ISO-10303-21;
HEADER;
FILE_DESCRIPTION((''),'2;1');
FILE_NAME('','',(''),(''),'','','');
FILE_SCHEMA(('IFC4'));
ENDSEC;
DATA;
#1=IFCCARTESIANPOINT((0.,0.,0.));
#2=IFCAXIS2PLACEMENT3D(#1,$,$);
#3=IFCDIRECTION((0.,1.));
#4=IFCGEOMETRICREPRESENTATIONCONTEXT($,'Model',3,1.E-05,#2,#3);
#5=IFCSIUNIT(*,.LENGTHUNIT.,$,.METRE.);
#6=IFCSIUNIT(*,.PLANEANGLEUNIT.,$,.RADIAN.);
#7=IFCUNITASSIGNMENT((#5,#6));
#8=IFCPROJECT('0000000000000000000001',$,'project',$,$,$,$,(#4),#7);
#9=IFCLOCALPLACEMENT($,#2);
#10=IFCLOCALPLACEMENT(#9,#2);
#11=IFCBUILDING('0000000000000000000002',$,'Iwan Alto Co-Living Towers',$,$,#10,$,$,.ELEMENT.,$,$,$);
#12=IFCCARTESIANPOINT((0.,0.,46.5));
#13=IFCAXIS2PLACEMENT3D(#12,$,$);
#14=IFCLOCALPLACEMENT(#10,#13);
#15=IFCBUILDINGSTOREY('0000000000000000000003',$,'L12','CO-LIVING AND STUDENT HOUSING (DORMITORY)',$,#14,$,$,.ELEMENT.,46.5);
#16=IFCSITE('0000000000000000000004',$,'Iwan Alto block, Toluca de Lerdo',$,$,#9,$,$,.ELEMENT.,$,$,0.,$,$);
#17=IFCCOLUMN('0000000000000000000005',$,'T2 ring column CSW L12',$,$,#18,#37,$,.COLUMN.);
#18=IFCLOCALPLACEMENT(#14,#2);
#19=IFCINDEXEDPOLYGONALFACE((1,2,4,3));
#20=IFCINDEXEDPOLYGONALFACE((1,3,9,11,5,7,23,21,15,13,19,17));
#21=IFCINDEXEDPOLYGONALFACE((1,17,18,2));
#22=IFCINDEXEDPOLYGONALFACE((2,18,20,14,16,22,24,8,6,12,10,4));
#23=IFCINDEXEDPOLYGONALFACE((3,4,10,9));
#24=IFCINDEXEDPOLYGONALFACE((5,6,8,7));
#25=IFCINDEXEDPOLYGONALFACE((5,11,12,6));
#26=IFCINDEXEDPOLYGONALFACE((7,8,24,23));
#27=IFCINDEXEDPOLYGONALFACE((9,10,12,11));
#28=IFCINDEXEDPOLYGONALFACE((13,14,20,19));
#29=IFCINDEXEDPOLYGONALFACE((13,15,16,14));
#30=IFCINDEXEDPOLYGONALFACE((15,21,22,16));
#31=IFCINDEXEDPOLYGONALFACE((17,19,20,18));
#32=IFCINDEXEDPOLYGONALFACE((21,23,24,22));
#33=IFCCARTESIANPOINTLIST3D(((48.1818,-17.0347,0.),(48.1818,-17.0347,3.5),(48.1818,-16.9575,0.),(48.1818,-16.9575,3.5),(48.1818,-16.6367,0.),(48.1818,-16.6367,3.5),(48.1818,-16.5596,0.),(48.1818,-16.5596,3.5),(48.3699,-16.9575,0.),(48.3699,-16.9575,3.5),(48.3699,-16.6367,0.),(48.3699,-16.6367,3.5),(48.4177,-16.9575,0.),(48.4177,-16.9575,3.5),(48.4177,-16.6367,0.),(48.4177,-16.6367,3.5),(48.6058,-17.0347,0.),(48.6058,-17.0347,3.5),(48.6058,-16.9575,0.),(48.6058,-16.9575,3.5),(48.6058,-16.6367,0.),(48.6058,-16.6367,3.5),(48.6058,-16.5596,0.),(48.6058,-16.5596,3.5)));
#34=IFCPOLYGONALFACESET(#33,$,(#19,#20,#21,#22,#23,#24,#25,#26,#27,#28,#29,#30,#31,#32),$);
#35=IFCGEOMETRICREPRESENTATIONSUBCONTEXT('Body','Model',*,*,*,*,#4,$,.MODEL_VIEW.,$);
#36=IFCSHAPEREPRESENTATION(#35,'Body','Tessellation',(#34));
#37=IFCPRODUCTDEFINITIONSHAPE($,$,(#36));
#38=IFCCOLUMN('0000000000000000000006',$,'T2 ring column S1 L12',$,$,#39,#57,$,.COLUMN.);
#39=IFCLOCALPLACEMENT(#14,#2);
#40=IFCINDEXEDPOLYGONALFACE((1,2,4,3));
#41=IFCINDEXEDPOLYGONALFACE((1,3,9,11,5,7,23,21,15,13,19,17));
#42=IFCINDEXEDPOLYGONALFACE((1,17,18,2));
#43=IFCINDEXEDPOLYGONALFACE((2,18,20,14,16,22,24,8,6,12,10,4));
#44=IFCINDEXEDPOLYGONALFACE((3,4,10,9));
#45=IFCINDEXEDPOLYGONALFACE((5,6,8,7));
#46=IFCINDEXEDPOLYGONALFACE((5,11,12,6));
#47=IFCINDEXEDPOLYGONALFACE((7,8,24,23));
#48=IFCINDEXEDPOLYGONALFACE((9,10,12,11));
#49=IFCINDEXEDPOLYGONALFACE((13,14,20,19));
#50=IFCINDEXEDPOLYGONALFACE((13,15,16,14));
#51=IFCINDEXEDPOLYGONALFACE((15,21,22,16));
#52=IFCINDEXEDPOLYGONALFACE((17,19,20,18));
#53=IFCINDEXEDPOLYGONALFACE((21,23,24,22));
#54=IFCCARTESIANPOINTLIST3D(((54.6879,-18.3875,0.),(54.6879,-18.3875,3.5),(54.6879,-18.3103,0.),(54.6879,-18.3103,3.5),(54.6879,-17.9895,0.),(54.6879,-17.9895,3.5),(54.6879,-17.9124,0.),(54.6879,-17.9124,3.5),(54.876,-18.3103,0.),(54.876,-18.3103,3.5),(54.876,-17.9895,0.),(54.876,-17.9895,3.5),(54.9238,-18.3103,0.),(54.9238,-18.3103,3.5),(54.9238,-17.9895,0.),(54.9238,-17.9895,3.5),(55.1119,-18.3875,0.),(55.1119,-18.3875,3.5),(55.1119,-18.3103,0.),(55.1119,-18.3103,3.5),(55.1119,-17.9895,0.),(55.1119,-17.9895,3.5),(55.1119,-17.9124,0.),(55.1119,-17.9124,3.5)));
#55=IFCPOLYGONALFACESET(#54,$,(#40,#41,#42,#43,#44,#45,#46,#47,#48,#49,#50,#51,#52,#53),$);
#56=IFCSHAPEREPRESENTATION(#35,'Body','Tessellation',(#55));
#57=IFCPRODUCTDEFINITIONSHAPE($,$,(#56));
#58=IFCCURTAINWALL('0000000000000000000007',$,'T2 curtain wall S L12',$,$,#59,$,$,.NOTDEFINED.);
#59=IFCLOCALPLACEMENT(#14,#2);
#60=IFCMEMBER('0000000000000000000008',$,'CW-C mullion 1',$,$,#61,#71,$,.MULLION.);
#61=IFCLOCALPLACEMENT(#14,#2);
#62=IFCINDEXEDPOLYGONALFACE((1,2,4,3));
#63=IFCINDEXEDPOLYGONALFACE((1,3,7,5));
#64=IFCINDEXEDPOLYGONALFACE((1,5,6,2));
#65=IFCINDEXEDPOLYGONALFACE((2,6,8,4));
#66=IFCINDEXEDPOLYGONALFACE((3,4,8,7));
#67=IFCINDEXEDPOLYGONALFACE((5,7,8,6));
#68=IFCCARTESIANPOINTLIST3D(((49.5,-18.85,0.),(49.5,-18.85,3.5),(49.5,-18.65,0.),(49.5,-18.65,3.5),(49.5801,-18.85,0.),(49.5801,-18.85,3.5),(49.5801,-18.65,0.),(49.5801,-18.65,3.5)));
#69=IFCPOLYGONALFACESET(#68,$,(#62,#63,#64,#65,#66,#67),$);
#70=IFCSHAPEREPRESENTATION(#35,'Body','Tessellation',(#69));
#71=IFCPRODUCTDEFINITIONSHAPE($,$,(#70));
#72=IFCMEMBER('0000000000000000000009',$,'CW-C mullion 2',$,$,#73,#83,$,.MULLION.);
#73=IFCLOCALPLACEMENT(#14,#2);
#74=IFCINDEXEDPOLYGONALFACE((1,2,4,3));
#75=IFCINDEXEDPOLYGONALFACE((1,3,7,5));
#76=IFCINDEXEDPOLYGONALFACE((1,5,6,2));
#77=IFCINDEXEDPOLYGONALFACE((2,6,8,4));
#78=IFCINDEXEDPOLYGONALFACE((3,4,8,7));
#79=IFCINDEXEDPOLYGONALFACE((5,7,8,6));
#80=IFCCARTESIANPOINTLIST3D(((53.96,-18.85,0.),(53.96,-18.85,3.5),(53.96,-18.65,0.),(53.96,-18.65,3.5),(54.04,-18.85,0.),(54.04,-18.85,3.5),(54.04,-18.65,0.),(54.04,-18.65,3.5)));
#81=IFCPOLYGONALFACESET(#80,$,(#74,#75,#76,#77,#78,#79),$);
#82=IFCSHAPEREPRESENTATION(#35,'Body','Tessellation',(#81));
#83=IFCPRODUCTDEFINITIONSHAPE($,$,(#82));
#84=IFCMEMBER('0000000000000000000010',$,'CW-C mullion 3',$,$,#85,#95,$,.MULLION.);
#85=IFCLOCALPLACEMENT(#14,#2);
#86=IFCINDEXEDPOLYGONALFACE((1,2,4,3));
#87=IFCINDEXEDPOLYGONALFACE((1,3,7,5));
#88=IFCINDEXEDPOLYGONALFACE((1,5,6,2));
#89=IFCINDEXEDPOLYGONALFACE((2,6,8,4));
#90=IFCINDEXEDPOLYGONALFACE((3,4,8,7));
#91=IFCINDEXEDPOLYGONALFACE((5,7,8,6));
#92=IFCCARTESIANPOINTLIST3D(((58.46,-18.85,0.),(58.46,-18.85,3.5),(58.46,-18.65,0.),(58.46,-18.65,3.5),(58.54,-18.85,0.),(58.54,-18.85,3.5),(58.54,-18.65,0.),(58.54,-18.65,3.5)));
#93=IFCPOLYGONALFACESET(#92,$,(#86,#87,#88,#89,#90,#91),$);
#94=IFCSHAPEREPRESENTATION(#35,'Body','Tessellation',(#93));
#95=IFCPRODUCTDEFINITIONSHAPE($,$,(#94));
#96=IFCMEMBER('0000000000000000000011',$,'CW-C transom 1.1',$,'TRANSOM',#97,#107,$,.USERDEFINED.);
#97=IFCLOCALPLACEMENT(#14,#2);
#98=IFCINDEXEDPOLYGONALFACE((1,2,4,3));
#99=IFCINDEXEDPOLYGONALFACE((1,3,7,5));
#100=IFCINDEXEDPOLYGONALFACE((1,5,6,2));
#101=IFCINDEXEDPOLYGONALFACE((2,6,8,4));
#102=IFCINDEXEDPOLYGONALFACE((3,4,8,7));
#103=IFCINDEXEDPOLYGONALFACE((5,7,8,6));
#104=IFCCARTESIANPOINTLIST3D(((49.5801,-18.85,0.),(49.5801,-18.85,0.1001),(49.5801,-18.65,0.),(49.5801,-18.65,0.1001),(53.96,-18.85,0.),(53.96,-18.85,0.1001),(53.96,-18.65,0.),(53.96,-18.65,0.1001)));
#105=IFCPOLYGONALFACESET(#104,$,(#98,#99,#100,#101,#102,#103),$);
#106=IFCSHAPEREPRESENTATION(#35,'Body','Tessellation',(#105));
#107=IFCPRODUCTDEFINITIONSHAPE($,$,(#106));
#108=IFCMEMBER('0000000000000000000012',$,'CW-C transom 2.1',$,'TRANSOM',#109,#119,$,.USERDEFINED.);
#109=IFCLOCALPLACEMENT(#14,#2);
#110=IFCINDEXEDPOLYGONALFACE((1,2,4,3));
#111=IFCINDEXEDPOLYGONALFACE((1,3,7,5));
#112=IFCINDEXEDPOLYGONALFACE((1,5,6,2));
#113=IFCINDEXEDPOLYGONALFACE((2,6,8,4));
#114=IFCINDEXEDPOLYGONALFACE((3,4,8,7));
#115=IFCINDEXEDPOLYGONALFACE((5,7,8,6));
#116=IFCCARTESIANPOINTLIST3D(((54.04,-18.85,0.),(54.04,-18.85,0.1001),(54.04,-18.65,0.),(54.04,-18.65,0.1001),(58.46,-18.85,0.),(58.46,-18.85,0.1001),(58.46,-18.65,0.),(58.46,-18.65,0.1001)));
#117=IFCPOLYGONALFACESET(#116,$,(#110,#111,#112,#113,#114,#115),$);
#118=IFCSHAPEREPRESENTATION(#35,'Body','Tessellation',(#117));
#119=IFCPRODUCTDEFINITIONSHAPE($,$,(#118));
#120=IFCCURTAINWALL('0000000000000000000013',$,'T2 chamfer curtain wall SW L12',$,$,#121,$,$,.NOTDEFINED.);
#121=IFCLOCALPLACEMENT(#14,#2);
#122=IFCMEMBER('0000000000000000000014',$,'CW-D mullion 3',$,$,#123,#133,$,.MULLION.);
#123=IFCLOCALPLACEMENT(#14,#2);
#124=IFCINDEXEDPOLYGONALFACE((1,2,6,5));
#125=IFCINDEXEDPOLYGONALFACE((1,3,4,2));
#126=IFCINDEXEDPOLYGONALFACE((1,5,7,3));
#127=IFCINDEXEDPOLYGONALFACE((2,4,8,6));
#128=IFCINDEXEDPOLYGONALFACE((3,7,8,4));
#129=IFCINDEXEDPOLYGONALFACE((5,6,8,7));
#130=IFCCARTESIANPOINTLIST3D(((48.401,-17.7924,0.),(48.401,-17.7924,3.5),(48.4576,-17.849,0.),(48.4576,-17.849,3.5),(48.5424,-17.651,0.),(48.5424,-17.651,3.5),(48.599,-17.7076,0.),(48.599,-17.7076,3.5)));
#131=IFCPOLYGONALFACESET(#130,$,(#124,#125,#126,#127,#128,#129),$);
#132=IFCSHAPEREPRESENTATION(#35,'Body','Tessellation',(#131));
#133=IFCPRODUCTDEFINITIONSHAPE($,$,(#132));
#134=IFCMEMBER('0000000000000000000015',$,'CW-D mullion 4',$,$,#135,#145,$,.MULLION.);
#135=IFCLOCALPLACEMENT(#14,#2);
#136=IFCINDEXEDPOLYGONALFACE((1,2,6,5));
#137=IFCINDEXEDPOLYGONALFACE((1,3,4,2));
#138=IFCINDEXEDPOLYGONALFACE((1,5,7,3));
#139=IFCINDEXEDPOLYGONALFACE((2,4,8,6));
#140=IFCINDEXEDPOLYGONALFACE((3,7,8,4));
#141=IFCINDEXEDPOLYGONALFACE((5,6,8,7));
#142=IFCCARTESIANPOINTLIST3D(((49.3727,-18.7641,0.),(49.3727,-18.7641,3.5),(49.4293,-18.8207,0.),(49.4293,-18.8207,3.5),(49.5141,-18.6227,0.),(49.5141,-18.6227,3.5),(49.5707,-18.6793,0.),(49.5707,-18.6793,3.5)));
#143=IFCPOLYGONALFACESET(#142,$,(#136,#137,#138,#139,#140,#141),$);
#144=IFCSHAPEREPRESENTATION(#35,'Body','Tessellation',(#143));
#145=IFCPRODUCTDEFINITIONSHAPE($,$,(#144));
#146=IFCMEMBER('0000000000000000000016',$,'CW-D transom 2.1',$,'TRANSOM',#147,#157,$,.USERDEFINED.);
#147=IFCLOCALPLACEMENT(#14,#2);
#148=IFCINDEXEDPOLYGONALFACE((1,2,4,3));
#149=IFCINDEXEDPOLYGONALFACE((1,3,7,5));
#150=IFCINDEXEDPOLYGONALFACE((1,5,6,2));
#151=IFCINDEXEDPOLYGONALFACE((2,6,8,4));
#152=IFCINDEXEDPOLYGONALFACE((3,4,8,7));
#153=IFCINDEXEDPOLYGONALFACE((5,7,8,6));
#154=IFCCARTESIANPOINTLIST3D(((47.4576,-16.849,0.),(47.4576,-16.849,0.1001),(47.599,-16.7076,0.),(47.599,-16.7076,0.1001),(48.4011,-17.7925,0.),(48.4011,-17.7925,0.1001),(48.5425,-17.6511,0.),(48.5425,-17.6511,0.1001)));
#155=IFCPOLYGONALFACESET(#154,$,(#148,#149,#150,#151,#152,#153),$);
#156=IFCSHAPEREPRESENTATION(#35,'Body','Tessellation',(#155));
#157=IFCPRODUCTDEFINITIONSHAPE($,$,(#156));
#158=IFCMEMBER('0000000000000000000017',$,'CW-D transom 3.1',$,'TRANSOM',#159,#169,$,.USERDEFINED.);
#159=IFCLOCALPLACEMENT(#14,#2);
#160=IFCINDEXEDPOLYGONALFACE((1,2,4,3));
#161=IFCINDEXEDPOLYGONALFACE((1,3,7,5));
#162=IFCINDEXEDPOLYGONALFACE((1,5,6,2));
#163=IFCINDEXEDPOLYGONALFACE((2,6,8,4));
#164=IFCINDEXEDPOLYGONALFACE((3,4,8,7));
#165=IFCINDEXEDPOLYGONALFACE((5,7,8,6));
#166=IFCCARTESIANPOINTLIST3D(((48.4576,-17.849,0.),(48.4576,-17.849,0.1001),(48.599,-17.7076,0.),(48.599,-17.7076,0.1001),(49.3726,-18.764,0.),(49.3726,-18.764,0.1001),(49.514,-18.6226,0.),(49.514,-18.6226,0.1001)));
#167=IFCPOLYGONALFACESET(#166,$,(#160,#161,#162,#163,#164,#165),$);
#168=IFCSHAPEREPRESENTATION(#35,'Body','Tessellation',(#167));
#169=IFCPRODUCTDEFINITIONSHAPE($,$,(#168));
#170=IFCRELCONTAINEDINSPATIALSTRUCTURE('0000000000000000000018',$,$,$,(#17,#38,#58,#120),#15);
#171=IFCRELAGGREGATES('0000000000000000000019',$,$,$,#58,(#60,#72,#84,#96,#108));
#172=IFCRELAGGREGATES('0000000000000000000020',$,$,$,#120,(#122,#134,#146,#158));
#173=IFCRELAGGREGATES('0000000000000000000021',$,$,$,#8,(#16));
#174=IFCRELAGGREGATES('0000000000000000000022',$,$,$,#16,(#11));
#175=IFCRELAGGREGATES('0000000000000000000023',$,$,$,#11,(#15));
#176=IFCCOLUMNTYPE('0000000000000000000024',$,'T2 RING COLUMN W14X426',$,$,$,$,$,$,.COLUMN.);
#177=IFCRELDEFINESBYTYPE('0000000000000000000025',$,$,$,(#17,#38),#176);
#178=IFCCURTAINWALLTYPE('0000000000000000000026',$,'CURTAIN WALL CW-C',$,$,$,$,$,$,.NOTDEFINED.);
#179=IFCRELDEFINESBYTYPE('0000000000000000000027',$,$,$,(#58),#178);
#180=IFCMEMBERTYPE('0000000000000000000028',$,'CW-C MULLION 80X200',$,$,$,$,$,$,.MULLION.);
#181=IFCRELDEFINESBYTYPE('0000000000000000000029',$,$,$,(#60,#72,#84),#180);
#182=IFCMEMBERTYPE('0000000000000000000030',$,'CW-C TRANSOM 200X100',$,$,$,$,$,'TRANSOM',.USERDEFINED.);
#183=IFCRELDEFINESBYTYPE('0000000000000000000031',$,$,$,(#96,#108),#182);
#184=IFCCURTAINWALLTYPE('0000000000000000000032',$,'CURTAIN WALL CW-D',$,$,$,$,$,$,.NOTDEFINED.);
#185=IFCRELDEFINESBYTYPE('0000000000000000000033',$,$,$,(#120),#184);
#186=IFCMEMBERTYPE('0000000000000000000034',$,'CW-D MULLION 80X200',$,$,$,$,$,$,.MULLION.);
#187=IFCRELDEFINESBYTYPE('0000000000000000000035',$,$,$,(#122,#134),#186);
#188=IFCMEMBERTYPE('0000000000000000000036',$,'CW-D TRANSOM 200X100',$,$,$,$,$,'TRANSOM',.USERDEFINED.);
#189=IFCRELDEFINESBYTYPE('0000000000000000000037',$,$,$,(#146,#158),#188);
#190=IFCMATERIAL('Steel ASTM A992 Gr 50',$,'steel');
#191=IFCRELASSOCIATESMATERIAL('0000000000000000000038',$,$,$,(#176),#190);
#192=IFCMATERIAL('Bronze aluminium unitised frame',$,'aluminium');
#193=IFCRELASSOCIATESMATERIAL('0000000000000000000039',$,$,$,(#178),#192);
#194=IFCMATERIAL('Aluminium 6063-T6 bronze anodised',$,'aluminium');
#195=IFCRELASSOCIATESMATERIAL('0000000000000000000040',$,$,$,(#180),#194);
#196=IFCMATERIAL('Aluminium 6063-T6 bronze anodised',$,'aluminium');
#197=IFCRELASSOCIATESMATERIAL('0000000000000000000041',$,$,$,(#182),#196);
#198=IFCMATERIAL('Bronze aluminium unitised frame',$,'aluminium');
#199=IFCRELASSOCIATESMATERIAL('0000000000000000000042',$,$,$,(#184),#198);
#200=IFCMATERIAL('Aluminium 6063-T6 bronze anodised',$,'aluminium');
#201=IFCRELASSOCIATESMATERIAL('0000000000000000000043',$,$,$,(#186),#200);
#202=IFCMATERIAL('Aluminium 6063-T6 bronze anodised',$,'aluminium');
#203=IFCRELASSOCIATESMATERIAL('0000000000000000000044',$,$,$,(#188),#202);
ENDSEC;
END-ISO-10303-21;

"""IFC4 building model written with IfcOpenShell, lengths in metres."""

from ifc_helpers import new_model, si_unit, direction, frame, origin, origin_2d, place, context, subcontext, project, spatial, rectangle, i_section, extrude, material, material_profile, profile_set, type_object, element, aggregate, save


model = new_model("IFC4")

# Units and contexts
model_context = context("Model", 3, precision=1e-05, world=origin(), true_north=direction((0.0, 1.0)))
body_context = subcontext(model_context, "Body", "Model", "MODEL_VIEW")
ifc_project = project(units=[si_unit("LENGTHUNIT", "METRE"), si_unit("PLANEANGLEUNIT", "RADIAN")], contexts=[model_context])

# Site, building, storey
site_placement = place(None, origin())
site = spatial("IfcSite", under=ifc_project, at=site_placement, Name="Iwan Alto block, Toluca de Lerdo", CompositionType="ELEMENT", RefElevation=0.0)
building_placement = place(site_placement, origin())
building = spatial("IfcBuilding", under=site, at=building_placement, Name="Iwan Alto Co-Living Towers", CompositionType="ELEMENT")
storey_placement = place(building_placement, frame((0.0, 0.0, 46.5)))
storey = spatial("IfcBuildingStorey", under=building, at=storey_placement, Name="L12", Description="CO-LIVING AND STUDENT HOUSING (DORMITORY)", CompositionType="ELEMENT", Elevation=46.5)

# Columns
ifc_material_1 = material(Name="Steel ASTM A992 Gr 50", Category="steel")
ifc_material_profile_1 = material_profile(ifc_material_1, i_section(OverallWidth=0.4241, OverallDepth=0.4751, WebThickness=0.0479, FlangeThickness=0.0771, at=origin_2d()), Name="W14X426")
ifc_profile_set_1 = profile_set([ifc_material_profile_1], Name="Steel ASTM A992 Gr 50")
column_type = type_object("IfcColumnType", Name="T2 RING COLUMN W14X426", PredefinedType="COLUMN", material=ifc_profile_set_1)
for number, where, z_axis, x_axis, name in (
    (1, (48.3938, -16.7971, 0.0), (0.0, 0.0, 1.0), (1.0, 0.0, 0.0), "T2 ring column CSW L12"),
    (2, (54.8999, -18.1499, 0.0), (0.0, 0.0, 1.0), (1.0, 0.0, 0.0), "T2 ring column S1 L12"),
):
    element("IfcColumn", number, at=place(storey_placement, frame(where, z_axis=z_axis, x_axis=x_axis)), inside=storey, type_object=column_type, Name=name, PredefinedType="COLUMN", context=body_context, shape_type="SweptSolid", body=[
        extrude(i_section(OverallWidth=0.4241, OverallDepth=0.4751, WebThickness=0.0479, FlangeThickness=0.0771, at=origin_2d()), origin(), (0.0, 0.0, 1.0), 3.5),
    ])

# Curtain walls, members
ifc_material_2 = material(Name="Bronze aluminium unitised frame", Category="aluminium")
curtain_wall_type_1 = type_object("IfcCurtainWallType", Name="CURTAIN WALL CW-C", PredefinedType="NOTDEFINED", material=ifc_material_2)
curtain_wall_1_placement = place(storey_placement, origin())
curtain_wall_1 = element("IfcCurtainWall", 3, at=curtain_wall_1_placement, inside=storey, type_object=curtain_wall_type_1, Name="T2 curtain wall S L12", PredefinedType="NOTDEFINED")
ifc_material_3 = material(Name="Aluminium 6063-T6 bronze anodised", Category="aluminium")
ifc_material_profile_2 = material_profile(ifc_material_3, rectangle(XDim=0.2, YDim=0.0801, at=origin_2d()), Name="AL 80X200")
ifc_profile_set_2 = profile_set([ifc_material_profile_2], Name="Aluminium 6063-T6 bronze anodised")
member_type_1 = type_object("IfcMemberType", Name="CW-C MULLION 80X200", PredefinedType="MULLION", material=ifc_profile_set_2)
member_1_placement = place(storey_placement, frame((49.54, -18.75, 0.0), z_axis=(0.0, 0.0, 1.0), x_axis=(0.0, 1.0, 0.0)))
member_1 = element("IfcMember", 4, at=member_1_placement, type_object=member_type_1, Name="CW-C mullion 1", PredefinedType="MULLION", context=body_context, shape_type="SweptSolid", body=[
    extrude(rectangle(XDim=0.2, YDim=0.0801, at=origin_2d()), origin(), (0.0, 0.0, 1.0), 3.5),
])
member_2_placement = place(storey_placement, frame((54.0, -18.75, 0.0), z_axis=(0.0, 0.0, 1.0), x_axis=(0.0, 1.0, 0.0)))
member_2 = element("IfcMember", 5, at=member_2_placement, type_object=member_type_1, Name="CW-C mullion 2", PredefinedType="MULLION", context=body_context, shape_type="SweptSolid", body=[
    extrude(rectangle(XDim=0.2, YDim=0.0801, at=origin_2d()), origin(), (0.0, 0.0, 1.0), 3.5),
])
member_3_placement = place(storey_placement, frame((58.5, -18.75, 0.0), z_axis=(0.0, 0.0, 1.0), x_axis=(0.0, 1.0, 0.0)))
member_3 = element("IfcMember", 6, at=member_3_placement, type_object=member_type_1, Name="CW-C mullion 3", PredefinedType="MULLION", context=body_context, shape_type="SweptSolid", body=[
    extrude(rectangle(XDim=0.2, YDim=0.0801, at=origin_2d()), origin(), (0.0, 0.0, 1.0), 3.5),
])
ifc_material_4 = material(Name="Aluminium 6063-T6 bronze anodised", Category="aluminium")
ifc_material_profile_3 = material_profile(ifc_material_4, rectangle(XDim=0.2, YDim=0.1001, at=origin_2d()), Name="AL 200X100")
ifc_profile_set_3 = profile_set([ifc_material_profile_3], Name="Aluminium 6063-T6 bronze anodised")
member_type_2 = type_object("IfcMemberType", Name="CW-C TRANSOM 200X100", ElementType="TRANSOM", PredefinedType="USERDEFINED", material=ifc_profile_set_3)
member_4_placement = place(storey_placement, frame((49.5801, -18.75, 0.05), z_axis=(1.0, 0.0, 0.0), x_axis=(0.0, 1.0, 0.0)))
member_4 = element("IfcMember", 7, at=member_4_placement, type_object=member_type_2, Name="CW-C transom 1.1", ObjectType="TRANSOM", PredefinedType="USERDEFINED", context=body_context, shape_type="SweptSolid", body=[
    extrude(rectangle(XDim=0.2, YDim=0.1001, at=origin_2d()), origin(), (0.0, 0.0, 1.0), 4.3799),
])
member_5_placement = place(storey_placement, frame((54.04, -18.75, 0.05), z_axis=(1.0, 0.0, 0.0), x_axis=(0.0, 1.0, 0.0)))
member_5 = element("IfcMember", 8, at=member_5_placement, type_object=member_type_2, Name="CW-C transom 2.1", ObjectType="TRANSOM", PredefinedType="USERDEFINED", context=body_context, shape_type="SweptSolid", body=[
    extrude(rectangle(XDim=0.2, YDim=0.1001, at=origin_2d()), origin(), (0.0, 0.0, 1.0), 4.4199),
])
ifc_material_5 = material(Name="Bronze aluminium unitised frame", Category="aluminium")
curtain_wall_type_2 = type_object("IfcCurtainWallType", Name="CURTAIN WALL CW-D", PredefinedType="NOTDEFINED", material=ifc_material_5)
curtain_wall_2_placement = place(storey_placement, origin())
curtain_wall_2 = element("IfcCurtainWall", 9, at=curtain_wall_2_placement, inside=storey, type_object=curtain_wall_type_2, Name="T2 chamfer curtain wall SW L12", PredefinedType="NOTDEFINED")
ifc_material_6 = material(Name="Aluminium 6063-T6 bronze anodised", Category="aluminium")
ifc_material_profile_4 = material_profile(ifc_material_6, rectangle(XDim=0.2, YDim=0.0801, at=origin_2d()), Name="AL 80X200")
ifc_profile_set_4 = profile_set([ifc_material_profile_4], Name="Aluminium 6063-T6 bronze anodised")
member_type_3 = type_object("IfcMemberType", Name="CW-D MULLION 80X200", PredefinedType="MULLION", material=ifc_profile_set_4)
member_6_placement = place(storey_placement, frame((48.5, -17.75, 0.0), z_axis=(0.0, 0.0, 1.0), x_axis=(0.707107, 0.707107, 0.0)))
member_6 = element("IfcMember", 10, at=member_6_placement, type_object=member_type_3, Name="CW-D mullion 3", PredefinedType="MULLION", context=body_context, shape_type="SweptSolid", body=[
    extrude(rectangle(XDim=0.2, YDim=0.0801, at=origin_2d()), origin(), (0.0, 0.0, 1.0), 3.5),
])
member_7_placement = place(storey_placement, frame((49.4717, -18.7217, 0.0), z_axis=(0.0, 0.0, 1.0), x_axis=(0.707107, 0.707107, 0.0)))
member_7 = element("IfcMember", 11, at=member_7_placement, type_object=member_type_3, Name="CW-D mullion 4", PredefinedType="MULLION", context=body_context, shape_type="SweptSolid", body=[
    extrude(rectangle(XDim=0.2, YDim=0.0801, at=origin_2d()), origin(), (0.0, 0.0, 1.0), 3.5),
])
ifc_material_7 = material(Name="Aluminium 6063-T6 bronze anodised", Category="aluminium")
ifc_material_profile_5 = material_profile(ifc_material_7, rectangle(XDim=0.2, YDim=0.1001, at=origin_2d()), Name="AL 200X100")
ifc_profile_set_5 = profile_set([ifc_material_profile_5], Name="Aluminium 6063-T6 bronze anodised")
member_type_4 = type_object("IfcMemberType", Name="CW-D TRANSOM 200X100", ElementType="TRANSOM", PredefinedType="USERDEFINED", material=ifc_profile_set_5)
member_8_placement = place(storey_placement, frame((47.5283, -16.7783, 0.05), z_axis=(0.707107, -0.707107, 0.0), x_axis=(0.707107, 0.707107, 0.0)))
member_8 = element("IfcMember", 12, at=member_8_placement, type_object=member_type_4, Name="CW-D transom 2.1", ObjectType="TRANSOM", PredefinedType="USERDEFINED", context=body_context, shape_type="SweptSolid", body=[
    extrude(rectangle(XDim=0.2, YDim=0.1001, at=origin_2d()), origin(), (0.0, 0.0, 1.0), 1.3342),
])
member_9_placement = place(storey_placement, frame((48.5283, -17.7783, 0.05), z_axis=(0.707107, -0.707107, 0.0), x_axis=(0.707107, 0.707107, 0.0)))
member_9 = element("IfcMember", 13, at=member_9_placement, type_object=member_type_4, Name="CW-D transom 3.1", ObjectType="TRANSOM", PredefinedType="USERDEFINED", context=body_context, shape_type="SweptSolid", body=[
    extrude(rectangle(XDim=0.2, YDim=0.1001, at=origin_2d()), origin(), (0.0, 0.0, 1.0), 1.2939),
])

aggregate(curtain_wall_1, [member_1, member_2, member_3, member_4, member_5])
aggregate(curtain_wall_2, [member_6, member_7, member_8, member_9])

save(model, "model.ifc")
